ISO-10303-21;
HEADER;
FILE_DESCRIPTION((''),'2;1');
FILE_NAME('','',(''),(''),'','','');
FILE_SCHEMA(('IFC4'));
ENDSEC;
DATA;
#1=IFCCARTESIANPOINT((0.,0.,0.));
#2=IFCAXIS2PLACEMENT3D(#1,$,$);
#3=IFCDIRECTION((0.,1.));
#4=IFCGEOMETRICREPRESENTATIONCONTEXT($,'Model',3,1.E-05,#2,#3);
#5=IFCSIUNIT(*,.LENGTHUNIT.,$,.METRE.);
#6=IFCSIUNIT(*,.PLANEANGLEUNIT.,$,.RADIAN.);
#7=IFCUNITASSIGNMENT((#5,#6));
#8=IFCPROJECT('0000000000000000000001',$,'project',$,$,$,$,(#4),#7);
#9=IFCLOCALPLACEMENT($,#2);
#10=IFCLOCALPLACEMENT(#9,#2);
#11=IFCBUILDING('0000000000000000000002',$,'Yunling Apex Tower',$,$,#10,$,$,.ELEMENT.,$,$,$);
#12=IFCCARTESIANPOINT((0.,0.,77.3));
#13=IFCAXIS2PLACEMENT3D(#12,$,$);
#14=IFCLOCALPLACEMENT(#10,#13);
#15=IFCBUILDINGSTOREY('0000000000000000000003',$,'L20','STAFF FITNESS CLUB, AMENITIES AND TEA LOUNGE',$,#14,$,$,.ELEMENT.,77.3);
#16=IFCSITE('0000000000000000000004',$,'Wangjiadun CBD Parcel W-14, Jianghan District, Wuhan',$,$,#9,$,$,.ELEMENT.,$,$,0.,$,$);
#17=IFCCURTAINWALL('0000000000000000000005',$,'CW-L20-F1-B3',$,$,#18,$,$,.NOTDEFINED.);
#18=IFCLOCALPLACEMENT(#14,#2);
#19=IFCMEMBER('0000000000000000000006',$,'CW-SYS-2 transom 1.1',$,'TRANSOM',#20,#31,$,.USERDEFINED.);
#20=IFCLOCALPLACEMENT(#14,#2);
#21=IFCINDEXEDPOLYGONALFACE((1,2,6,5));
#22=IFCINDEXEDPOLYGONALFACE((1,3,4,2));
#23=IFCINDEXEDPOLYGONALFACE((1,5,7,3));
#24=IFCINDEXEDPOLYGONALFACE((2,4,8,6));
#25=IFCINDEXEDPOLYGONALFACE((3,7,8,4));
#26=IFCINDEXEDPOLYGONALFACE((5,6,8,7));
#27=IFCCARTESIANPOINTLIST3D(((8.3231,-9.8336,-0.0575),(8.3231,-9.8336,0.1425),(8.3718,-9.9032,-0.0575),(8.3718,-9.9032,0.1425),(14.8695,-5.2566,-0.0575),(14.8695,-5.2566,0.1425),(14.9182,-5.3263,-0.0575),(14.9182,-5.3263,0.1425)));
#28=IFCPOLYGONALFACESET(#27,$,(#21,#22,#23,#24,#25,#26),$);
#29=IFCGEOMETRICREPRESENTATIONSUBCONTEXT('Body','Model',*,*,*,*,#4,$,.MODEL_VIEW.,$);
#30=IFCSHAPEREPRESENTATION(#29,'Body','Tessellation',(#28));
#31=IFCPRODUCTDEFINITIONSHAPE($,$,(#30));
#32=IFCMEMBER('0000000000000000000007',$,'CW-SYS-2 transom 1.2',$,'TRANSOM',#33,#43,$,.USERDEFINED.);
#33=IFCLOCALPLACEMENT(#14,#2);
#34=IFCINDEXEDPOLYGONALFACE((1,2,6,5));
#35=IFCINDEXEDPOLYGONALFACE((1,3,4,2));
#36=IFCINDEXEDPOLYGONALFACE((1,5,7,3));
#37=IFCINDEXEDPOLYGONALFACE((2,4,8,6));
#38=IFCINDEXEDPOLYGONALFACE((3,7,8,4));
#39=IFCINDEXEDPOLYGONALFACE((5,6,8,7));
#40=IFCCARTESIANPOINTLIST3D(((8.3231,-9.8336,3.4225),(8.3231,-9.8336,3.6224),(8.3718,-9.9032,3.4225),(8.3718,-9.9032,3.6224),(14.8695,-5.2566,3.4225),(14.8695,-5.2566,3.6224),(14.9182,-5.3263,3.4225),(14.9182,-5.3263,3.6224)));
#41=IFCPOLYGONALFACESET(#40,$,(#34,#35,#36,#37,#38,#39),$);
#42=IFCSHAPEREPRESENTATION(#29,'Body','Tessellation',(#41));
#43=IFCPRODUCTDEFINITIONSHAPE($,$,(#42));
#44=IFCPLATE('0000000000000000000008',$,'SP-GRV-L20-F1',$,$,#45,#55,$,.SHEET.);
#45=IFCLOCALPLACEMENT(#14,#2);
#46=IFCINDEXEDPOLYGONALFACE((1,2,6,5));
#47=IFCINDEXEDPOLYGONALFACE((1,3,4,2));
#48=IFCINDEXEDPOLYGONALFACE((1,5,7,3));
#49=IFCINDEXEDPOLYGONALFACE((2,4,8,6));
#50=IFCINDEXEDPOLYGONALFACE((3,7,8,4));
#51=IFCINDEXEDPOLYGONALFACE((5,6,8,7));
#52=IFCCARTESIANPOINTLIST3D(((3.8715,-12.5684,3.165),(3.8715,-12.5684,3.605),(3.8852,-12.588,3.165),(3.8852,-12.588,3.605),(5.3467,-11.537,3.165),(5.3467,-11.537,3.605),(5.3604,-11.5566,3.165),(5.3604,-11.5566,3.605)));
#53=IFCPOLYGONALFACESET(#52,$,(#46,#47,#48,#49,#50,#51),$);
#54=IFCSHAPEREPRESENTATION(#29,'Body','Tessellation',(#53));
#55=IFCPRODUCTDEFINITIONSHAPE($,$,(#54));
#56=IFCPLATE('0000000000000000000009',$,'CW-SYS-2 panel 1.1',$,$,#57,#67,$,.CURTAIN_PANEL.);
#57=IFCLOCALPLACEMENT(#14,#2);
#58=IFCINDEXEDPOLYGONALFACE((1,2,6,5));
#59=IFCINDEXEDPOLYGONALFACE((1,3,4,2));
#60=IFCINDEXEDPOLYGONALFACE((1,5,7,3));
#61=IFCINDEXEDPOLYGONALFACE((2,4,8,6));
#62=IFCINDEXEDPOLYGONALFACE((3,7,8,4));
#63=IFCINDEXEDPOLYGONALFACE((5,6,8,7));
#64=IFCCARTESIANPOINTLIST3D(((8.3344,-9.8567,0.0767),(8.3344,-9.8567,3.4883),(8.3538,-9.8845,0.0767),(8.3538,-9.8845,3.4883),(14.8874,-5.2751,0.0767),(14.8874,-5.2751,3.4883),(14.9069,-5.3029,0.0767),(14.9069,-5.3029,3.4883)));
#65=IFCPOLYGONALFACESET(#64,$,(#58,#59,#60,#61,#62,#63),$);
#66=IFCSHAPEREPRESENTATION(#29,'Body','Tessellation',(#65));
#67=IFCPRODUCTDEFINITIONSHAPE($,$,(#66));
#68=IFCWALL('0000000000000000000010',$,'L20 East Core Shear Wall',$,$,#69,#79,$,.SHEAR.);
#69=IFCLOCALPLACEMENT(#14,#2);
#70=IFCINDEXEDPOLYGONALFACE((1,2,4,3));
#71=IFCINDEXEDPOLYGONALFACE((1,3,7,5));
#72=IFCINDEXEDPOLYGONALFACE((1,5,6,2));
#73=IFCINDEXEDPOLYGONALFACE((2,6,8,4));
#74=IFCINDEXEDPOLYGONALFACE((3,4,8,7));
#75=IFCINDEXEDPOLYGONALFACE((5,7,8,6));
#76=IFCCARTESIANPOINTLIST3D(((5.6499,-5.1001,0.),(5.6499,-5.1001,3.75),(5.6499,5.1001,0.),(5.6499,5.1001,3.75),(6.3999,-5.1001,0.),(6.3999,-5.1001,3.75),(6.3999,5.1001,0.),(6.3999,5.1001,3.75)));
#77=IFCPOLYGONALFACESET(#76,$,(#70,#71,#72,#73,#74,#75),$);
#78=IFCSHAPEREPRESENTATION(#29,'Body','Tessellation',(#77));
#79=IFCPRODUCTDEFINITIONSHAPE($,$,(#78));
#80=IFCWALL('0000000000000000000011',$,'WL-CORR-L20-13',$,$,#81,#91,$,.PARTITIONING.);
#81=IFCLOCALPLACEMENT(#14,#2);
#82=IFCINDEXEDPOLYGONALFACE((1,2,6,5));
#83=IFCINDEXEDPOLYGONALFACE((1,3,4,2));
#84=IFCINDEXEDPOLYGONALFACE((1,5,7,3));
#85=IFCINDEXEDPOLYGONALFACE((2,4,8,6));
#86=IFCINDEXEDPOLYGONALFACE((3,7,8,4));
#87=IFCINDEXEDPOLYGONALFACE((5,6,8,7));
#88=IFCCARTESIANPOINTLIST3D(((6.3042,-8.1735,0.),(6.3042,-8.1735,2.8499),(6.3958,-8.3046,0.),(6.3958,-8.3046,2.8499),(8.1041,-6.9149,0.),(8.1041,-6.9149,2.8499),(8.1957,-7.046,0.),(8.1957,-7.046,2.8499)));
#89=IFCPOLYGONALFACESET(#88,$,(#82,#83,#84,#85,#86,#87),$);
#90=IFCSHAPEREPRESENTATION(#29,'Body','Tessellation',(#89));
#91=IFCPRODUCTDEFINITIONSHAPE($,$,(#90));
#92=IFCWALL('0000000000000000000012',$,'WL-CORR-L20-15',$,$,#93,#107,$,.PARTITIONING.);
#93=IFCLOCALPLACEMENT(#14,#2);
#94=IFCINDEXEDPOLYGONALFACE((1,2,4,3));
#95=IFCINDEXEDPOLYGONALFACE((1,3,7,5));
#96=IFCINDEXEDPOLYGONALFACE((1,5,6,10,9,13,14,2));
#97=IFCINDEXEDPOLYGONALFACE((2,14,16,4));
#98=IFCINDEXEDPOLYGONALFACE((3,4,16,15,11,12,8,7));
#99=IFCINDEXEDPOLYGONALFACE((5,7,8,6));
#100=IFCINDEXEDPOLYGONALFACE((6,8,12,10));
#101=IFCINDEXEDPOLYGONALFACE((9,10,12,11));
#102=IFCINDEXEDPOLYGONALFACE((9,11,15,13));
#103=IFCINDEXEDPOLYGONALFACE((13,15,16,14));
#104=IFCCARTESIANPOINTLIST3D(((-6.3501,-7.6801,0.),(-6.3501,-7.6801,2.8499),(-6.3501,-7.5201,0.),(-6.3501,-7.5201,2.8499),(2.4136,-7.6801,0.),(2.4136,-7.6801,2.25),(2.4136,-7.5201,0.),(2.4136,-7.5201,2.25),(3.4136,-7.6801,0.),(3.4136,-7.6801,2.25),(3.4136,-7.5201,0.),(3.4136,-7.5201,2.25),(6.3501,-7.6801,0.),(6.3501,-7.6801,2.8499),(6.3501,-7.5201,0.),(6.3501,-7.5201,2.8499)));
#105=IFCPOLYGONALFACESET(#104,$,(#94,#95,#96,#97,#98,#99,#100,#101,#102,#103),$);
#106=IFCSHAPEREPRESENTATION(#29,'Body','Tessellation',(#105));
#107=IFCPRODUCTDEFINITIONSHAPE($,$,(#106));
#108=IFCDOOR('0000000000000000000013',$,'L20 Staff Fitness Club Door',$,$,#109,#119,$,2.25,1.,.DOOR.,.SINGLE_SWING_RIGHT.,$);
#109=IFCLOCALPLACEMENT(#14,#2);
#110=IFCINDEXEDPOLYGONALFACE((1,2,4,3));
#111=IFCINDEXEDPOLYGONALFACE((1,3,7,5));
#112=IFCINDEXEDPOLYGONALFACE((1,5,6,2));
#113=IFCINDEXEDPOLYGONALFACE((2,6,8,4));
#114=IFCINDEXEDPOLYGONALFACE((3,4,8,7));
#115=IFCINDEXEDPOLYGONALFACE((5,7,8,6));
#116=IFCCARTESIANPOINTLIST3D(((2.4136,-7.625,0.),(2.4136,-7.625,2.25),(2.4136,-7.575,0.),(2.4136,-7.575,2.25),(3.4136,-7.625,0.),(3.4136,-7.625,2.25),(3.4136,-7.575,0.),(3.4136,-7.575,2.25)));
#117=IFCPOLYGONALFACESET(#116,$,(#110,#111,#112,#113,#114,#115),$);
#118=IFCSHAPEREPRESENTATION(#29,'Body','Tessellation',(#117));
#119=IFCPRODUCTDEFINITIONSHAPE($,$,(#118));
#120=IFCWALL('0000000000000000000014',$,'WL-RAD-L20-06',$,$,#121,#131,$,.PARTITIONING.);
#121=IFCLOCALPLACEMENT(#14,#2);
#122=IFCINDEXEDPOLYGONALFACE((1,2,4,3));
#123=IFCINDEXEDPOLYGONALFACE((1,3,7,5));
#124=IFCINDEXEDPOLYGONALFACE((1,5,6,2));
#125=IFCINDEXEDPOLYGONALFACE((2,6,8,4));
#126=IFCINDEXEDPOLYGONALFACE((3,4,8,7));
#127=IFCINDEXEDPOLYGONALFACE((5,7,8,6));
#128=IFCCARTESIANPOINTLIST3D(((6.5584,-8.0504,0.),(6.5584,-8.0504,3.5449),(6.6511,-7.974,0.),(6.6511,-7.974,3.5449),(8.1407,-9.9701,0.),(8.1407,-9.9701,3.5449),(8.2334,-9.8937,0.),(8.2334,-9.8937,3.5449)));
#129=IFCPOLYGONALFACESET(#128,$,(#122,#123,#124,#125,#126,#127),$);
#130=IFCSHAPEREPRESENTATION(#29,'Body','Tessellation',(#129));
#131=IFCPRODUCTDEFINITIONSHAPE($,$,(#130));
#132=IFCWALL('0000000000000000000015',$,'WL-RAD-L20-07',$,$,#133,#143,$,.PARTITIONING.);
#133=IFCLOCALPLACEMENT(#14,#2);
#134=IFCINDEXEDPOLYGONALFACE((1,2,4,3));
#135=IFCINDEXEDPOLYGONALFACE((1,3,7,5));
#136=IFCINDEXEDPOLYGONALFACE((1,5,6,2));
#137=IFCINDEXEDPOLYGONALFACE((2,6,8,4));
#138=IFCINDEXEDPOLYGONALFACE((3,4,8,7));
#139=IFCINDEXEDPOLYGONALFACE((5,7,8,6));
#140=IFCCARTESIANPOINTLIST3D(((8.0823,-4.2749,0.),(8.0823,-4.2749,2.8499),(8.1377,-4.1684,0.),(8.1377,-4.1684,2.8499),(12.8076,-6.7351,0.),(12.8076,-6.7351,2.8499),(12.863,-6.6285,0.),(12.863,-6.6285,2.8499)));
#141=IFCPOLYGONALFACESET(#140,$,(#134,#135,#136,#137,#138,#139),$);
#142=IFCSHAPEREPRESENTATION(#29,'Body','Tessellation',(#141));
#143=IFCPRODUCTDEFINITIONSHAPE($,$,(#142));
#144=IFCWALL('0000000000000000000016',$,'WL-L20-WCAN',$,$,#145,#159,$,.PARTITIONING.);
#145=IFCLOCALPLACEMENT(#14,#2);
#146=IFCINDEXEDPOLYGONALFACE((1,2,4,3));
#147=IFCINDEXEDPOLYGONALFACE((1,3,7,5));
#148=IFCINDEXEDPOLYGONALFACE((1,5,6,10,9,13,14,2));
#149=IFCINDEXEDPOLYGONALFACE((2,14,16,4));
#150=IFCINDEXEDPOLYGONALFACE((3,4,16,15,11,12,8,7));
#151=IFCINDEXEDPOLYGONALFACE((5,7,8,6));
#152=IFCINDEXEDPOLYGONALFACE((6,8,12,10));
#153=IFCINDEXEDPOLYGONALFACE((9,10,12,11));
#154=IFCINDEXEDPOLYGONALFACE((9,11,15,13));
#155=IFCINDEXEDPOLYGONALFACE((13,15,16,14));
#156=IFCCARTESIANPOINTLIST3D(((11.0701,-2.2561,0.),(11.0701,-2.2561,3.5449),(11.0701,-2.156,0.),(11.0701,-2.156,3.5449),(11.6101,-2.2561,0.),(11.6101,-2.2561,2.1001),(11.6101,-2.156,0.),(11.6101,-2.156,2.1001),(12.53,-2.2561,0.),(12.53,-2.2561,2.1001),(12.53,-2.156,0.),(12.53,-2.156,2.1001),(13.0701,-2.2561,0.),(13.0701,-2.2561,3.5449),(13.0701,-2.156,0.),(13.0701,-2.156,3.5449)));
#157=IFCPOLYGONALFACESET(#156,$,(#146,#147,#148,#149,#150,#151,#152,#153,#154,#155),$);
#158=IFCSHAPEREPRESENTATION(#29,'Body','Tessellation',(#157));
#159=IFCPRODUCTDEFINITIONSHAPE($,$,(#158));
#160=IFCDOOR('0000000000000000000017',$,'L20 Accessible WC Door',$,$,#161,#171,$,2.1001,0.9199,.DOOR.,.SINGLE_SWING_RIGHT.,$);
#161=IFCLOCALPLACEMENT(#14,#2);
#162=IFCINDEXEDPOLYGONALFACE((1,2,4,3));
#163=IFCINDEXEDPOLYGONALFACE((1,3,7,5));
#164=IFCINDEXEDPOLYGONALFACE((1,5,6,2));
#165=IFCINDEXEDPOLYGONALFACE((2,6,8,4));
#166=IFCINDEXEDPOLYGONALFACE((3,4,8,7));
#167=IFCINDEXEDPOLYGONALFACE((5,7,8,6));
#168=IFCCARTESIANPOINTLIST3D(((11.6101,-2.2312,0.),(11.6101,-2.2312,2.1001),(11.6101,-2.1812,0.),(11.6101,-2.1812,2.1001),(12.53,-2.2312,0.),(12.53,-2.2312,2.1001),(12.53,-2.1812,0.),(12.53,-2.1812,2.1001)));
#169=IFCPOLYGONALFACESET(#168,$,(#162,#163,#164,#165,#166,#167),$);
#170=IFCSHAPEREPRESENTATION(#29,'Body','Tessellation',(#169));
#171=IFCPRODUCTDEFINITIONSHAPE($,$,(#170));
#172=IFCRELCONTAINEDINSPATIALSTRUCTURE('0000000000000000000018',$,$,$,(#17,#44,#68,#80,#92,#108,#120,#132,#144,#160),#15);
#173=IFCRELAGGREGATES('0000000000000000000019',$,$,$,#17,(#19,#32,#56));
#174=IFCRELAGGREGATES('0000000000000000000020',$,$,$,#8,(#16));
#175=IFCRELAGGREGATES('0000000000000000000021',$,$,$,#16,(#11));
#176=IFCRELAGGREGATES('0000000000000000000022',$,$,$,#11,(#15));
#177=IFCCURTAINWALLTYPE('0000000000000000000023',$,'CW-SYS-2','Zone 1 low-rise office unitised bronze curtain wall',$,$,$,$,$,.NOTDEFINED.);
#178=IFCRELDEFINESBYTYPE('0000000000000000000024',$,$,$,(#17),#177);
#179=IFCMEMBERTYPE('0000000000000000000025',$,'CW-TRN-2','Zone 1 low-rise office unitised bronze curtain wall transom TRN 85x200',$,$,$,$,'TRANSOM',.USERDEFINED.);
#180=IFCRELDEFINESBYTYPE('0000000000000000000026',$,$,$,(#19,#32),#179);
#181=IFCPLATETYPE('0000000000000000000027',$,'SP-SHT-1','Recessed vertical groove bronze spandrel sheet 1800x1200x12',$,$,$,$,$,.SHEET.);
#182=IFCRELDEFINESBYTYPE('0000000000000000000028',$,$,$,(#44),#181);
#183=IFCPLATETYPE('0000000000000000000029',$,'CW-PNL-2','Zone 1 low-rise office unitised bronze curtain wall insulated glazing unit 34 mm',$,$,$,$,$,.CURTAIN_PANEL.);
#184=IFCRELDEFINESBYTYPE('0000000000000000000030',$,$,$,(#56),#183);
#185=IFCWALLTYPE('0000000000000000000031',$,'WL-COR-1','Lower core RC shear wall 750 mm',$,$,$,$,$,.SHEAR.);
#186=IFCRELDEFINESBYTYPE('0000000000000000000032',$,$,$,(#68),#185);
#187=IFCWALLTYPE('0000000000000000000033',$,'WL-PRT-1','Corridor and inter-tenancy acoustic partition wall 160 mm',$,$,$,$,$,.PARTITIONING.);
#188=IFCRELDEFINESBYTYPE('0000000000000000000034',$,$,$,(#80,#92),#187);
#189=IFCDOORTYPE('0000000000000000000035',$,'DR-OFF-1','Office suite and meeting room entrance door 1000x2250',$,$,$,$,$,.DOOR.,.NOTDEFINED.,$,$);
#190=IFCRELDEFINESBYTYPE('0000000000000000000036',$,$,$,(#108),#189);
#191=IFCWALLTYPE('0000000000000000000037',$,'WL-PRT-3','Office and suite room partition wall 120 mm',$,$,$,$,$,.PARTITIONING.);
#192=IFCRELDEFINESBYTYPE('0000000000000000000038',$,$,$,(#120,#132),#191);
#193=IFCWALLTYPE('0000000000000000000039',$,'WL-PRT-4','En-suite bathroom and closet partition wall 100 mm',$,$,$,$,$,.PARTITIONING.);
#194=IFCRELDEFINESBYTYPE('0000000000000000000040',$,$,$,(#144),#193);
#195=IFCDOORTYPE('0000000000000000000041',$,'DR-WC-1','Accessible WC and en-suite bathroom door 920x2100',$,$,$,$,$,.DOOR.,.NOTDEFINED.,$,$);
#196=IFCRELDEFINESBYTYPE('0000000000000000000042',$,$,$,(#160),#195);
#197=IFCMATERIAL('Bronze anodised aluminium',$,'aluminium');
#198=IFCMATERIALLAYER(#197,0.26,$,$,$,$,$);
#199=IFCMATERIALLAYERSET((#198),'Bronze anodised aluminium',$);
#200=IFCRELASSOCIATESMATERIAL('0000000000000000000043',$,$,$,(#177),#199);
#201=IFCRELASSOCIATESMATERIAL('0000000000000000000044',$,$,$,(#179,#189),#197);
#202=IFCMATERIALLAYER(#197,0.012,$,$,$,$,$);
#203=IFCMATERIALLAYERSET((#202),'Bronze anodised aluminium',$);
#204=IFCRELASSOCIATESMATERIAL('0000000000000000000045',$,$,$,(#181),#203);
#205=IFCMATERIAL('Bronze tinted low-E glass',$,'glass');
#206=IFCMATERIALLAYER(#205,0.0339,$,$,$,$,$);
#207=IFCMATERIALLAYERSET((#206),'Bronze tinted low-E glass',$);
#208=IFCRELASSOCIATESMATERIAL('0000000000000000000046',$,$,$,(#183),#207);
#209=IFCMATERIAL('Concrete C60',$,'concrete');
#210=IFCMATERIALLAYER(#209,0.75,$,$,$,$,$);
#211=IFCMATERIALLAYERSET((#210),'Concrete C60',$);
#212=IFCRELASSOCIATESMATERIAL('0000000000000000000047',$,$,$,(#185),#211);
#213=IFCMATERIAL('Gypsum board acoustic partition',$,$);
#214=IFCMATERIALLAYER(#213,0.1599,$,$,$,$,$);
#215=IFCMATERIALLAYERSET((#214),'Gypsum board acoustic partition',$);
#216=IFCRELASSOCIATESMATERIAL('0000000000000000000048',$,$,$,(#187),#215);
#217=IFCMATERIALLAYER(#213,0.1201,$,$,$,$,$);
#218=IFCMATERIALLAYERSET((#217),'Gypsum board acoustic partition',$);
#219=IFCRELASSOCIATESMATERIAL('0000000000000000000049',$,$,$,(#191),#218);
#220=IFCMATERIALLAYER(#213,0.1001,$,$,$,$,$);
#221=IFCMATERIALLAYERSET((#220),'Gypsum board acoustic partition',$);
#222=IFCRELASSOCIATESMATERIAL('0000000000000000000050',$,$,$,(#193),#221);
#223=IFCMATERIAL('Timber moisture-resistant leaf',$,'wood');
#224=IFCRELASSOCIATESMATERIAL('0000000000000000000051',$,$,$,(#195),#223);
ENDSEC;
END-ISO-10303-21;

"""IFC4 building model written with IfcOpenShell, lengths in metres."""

from ifc_helpers import new_model, si_unit, direction, frame, frame_2d, origin, origin_2d, place, context, subcontext, project, spatial, rectangle, extrude, source, transform, mapped, material, layer, layer_set, material_profile, profile_set, type_object, element, fill, aggregate, save


model = new_model("IFC4")

# Units and contexts
model_context = context("Model", 3, precision=1e-05, world=origin(), true_north=direction((0.0, 1.0)))
body_context = subcontext(model_context, "Body", "Model", "MODEL_VIEW")
ifc_project = project(units=[si_unit("LENGTHUNIT", "METRE"), si_unit("PLANEANGLEUNIT", "RADIAN")], contexts=[model_context])

# Site, building, storey
site_placement = place(None, origin())
site = spatial("IfcSite", under=ifc_project, at=site_placement, Name="Wangjiadun CBD Parcel W-14, Jianghan District, Wuhan", CompositionType="ELEMENT", RefElevation=0.0)
building_placement = place(site_placement, origin())
building = spatial("IfcBuilding", under=site, at=building_placement, Name="Yunling Apex Tower", CompositionType="ELEMENT")
storey_placement = place(building_placement, frame((0.0, 0.0, 77.3)))
storey = spatial("IfcBuildingStorey", under=building, at=storey_placement, Name="L20", Description="STAFF FITNESS CLUB, AMENITIES AND TEA LOUNGE", CompositionType="ELEMENT", Elevation=77.3)

# Shared definitions
ifc_material_1 = material(Name="Concrete C60", Category="concrete")

# Shared definitions
ifc_material_2 = material(Name="Bronze anodised aluminium", Category="aluminium")
ifc_layer_1 = layer(ifc_material_2, 0.26)
ifc_layer_set_1 = layer_set([ifc_layer_1], Name="Bronze anodised aluminium")
curtain_wall_type = type_object("IfcCurtainWallType", Name="CW-SYS-2", Description="Zone 1 low-rise office unitised bronze curtain wall", PredefinedType="NOTDEFINED", material=ifc_layer_set_1)

# Curtain wall, members
curtain_wall_1_placement = place(storey_placement, origin())
curtain_wall_1 = element("IfcCurtainWall", 1, at=curtain_wall_1_placement, inside=storey, type_object=curtain_wall_type, Name="CW-L20-F1-B3", PredefinedType="NOTDEFINED")
ifc_material_profile_1 = material_profile(ifc_material_2, rectangle(XDim=0.085, YDim=0.2, at=origin_2d()))
ifc_profile_set_1 = profile_set([ifc_material_profile_1], Name="Bronze anodised aluminium")
member_type_1 = type_object("IfcMemberType", Name="CW-TRN-2", Description="Zone 1 low-rise office unitised bronze curtain wall transom TRN 85x200", ElementType="TRANSOM", PredefinedType="USERDEFINED", material=ifc_profile_set_1)
shared_shape_1 = source(origin(), body_context, "Body", "SweptSolid", [
    extrude(rectangle(XDim=0.085, YDim=0.2, at=origin_2d()), origin(), (0.0, 0.0, 1.0), 7.9878),
])
member_1_placement = place(storey_placement, frame((8.3474, -9.8684, 0.0425), z_axis=(0.819559, 0.572995, 0.0), x_axis=(-0.572995, 0.819559, 0.0)))
member_1 = element("IfcMember", 2, at=member_1_placement, type_object=member_type_1, Name="CW-SYS-2 transom 1.1", ObjectType="TRANSOM", PredefinedType="USERDEFINED", context=body_context, shape_type="MappedRepresentation", body=[
    mapped(shared_shape_1, transform((0.0, 0.0, 0.0), scale=1.0)),
])
member_2_placement = place(storey_placement, frame((8.3474, -9.8684, 3.5225), z_axis=(0.819559, 0.572995, 0.0), x_axis=(-0.572995, 0.819559, 0.0)))
member_2 = element("IfcMember", 3, at=member_2_placement, type_object=member_type_1, Name="CW-SYS-2 transom 1.2", ObjectType="TRANSOM", PredefinedType="USERDEFINED", context=body_context, shape_type="MappedRepresentation", body=[
    mapped(shared_shape_1, transform((0.0, 0.0, 0.0), scale=1.0)),
])

# Plates
ifc_layer_2 = layer(ifc_material_2, 0.012)
ifc_layer_set_2 = layer_set([ifc_layer_2], Name="Bronze anodised aluminium")
plate_type_1 = type_object("IfcPlateType", Name="SP-SHT-1", Description="Recessed vertical groove bronze spandrel sheet 1800x1200x12", PredefinedType="SHEET", material=ifc_layer_set_2)
shared_shape_2 = source(origin(), body_context, "Body", "SweptSolid", [
    extrude(rectangle(XDim=1.8, YDim=0.0239, at=origin_2d()), origin(), (0.0, 0.0, 1.0), 0.4399),
])
plate_1_placement = place(storey_placement, frame((4.616, -12.0625, 3.165), z_axis=(0.0, 0.0, 1.0), x_axis=(0.819552, 0.573004, 0.0)))
element("IfcPlate", 4, at=plate_1_placement, inside=storey, type_object=plate_type_1, Name="SP-GRV-L20-F1", PredefinedType="SHEET", context=body_context, shape_type="MappedRepresentation", body=[
    mapped(shared_shape_2, transform((0.0, 0.0, 0.0), scale=1.0)),
])
ifc_material_3 = material(Name="Bronze tinted low-E glass", Category="glass")
ifc_layer_3 = layer(ifc_material_3, 0.0339)
ifc_layer_set_3 = layer_set([ifc_layer_3], Name="Bronze tinted low-E glass")
plate_type_2 = type_object("IfcPlateType", Name="CW-PNL-2", Description="Zone 1 low-rise office unitised bronze curtain wall insulated glazing unit 34 mm", PredefinedType="CURTAIN_PANEL", material=ifc_layer_set_3)
shared_shape_3 = source(origin(), body_context, "Body", "SweptSolid", [
    extrude(rectangle(XDim=7.9958, YDim=0.0339, at=origin_2d()), origin(), (0.0, 0.0, 1.0), 3.4116),
])
plate_2_placement = place(storey_placement, frame((11.6206, -7.5798, 0.0767), z_axis=(0.0, 0.0, 1.0), x_axis=(0.819558, 0.572996, 0.0)))
plate_2 = element("IfcPlate", 5, at=plate_2_placement, type_object=plate_type_2, Name="CW-SYS-2 panel 1.1", PredefinedType="CURTAIN_PANEL", context=body_context, shape_type="MappedRepresentation", body=[
    mapped(shared_shape_3, transform((0.0, 0.0, 0.0), scale=1.0)),
])
aggregate(curtain_wall_1, [member_1, member_2, plate_2])

# Walls
ifc_layer_4 = layer(ifc_material_1, 0.75)
ifc_layer_set_4 = layer_set([ifc_layer_4], Name="Concrete C60")
wall_type_1 = type_object("IfcWallType", Name="WL-COR-1", Description="Lower core RC shear wall 750 mm", PredefinedType="SHEAR", material=ifc_layer_set_4)
wall_1_placement = place(storey_placement, frame((6.0249, -5.1001, 0.0), z_axis=(0.0, 0.0, 1.0), x_axis=(0.0, 1.0, 0.0)))
element("IfcWall", 6, at=wall_1_placement, inside=storey, type_object=wall_type_1, Name="L20 East Core Shear Wall", PredefinedType="SHEAR", context=body_context, shape_type="SweptSolid", body=[
    extrude(rectangle(XDim=10.2002, YDim=0.75, at=frame_2d((5.1001, 0.0))), origin(), (0.0, 0.0, 1.0), 3.75),
])
ifc_material_4 = material(Name="Gypsum board acoustic partition")
ifc_layer_5 = layer(ifc_material_4, 0.1599)
ifc_layer_set_5 = layer_set([ifc_layer_5], Name="Gypsum board acoustic partition")
wall_type_2 = type_object("IfcWallType", Name="WL-PRT-1", Description="Corridor and inter-tenancy acoustic partition wall 160 mm", PredefinedType="PARTITIONING", material=ifc_layer_set_5)
wall_2_placement = place(storey_placement, frame((8.1499, -6.9805, 0.0), z_axis=(0.0, 0.0, 1.0), x_axis=(-0.819514, -0.573059, 0.0)))
element("IfcWall", 7, at=wall_2_placement, inside=storey, type_object=wall_type_2, Name="WL-CORR-L20-13", PredefinedType="PARTITIONING", context=body_context, shape_type="SweptSolid", body=[
    extrude(rectangle(XDim=2.1963, YDim=0.1599, at=frame_2d((1.0981, 0.0))), origin(), (0.0, 0.0, 1.0), 2.8499),
])

# Wall, opening, door
wall_3_placement = place(storey_placement, frame((6.3501, -7.6001, 0.0), z_axis=(0.0, 0.0, 1.0), x_axis=(-1.0, 0.0, 0.0)))
wall_3 = element("IfcWall", 8, at=wall_3_placement, inside=storey, type_object=wall_type_2, Name="WL-CORR-L20-15", PredefinedType="PARTITIONING", context=body_context, shape_type="SweptSolid", body=[
    extrude(rectangle(XDim=12.7002, YDim=0.1599, at=frame_2d((6.3501, 0.0))), origin(), (0.0, 0.0, 1.0), 2.8499),
])
opening_1_placement = place(wall_3_placement, frame((2.9365, 0.0, 0.0)))
opening_1 = element("IfcOpeningElement", 9, at=opening_1_placement, cuts=wall_3, PredefinedType="OPENING", context=body_context, shape_type="SweptSolid", body=[
    extrude(rectangle(XDim=1.0, YDim=2.25, at=frame_2d((0.5, 1.125))), frame((0.0, 0.0898, 0.0), z_axis=(0.0, -1.0, 0.0), x_axis=(1.0, 0.0, 0.0)), (0.0, 0.0, 1.0), 0.1799),
])
door_type_1 = type_object("IfcDoorType", Name="DR-OFF-1", Description="Office suite and meeting room entrance door 1000x2250", OperationType="NOTDEFINED", PredefinedType="DOOR", material=ifc_material_2)
door_1_placement = place(opening_1_placement, origin())
door_1 = element("IfcDoor", 10, at=door_1_placement, inside=storey, type_object=door_type_1, Name="L20 Staff Fitness Club Door", OperationType="SINGLE_SWING_RIGHT", OverallHeight=2.25, OverallWidth=1.0, PredefinedType="DOOR", context=body_context, shape_type="SweptSolid", body=[
    extrude(rectangle(XDim=1.0, YDim=2.25, at=frame_2d((0.5, 1.125))), frame((0.0, 0.0249, 0.0), z_axis=(0.0, -1.0, 0.0), x_axis=(1.0, 0.0, 0.0)), (0.0, 0.0, 1.0), 0.05),
])
fill(opening_1, door_1)

# Walls
ifc_layer_6 = layer(ifc_material_4, 0.1201)
ifc_layer_set_6 = layer_set([ifc_layer_6], Name="Gypsum board acoustic partition")
wall_type_3 = type_object("IfcWallType", Name="WL-PRT-3", Description="Office and suite room partition wall 120 mm", PredefinedType="PARTITIONING", material=ifc_layer_set_6)
wall_4_placement = place(storey_placement, frame((6.6047, -8.0122, 0.0), z_axis=(0.0, 0.0, 1.0), x_axis=(0.636034, -0.771661, 0.0)))
element("IfcWall", 11, at=wall_4_placement, inside=storey, type_object=wall_type_3, Name="WL-RAD-L20-06", PredefinedType="PARTITIONING", context=body_context, shape_type="SweptSolid", body=[
    extrude(rectangle(XDim=2.4878, YDim=0.1201, at=frame_2d((1.2439, 0.0))), origin(), (0.0, 0.0, 1.0), 3.5449),
])
wall_5_placement = place(storey_placement, frame((8.1101, -4.2217, 0.0), z_axis=(0.0, 0.0, 1.0), x_axis=(0.886984, -0.4618, 0.0)))
element("IfcWall", 12, at=wall_5_placement, inside=storey, type_object=wall_type_3, Name="WL-RAD-L20-07", PredefinedType="PARTITIONING", context=body_context, shape_type="SweptSolid", body=[
    extrude(rectangle(XDim=5.3274, YDim=0.1201, at=frame_2d((2.6636, 0.0))), origin(), (0.0, 0.0, 1.0), 2.8499),
])

# Wall, opening, door
ifc_layer_7 = layer(ifc_material_4, 0.1001)
ifc_layer_set_7 = layer_set([ifc_layer_7], Name="Gypsum board acoustic partition")
wall_type_4 = type_object("IfcWallType", Name="WL-PRT-4", Description="En-suite bathroom and closet partition wall 100 mm", PredefinedType="PARTITIONING", material=ifc_layer_set_7)
wall_6_placement = place(storey_placement, frame((11.0701, -2.2061, 0.0), z_axis=(0.0, 0.0, 1.0), x_axis=(1.0, 0.0, 0.0)))
wall_6 = element("IfcWall", 13, at=wall_6_placement, inside=storey, type_object=wall_type_4, Name="WL-L20-WCAN", PredefinedType="PARTITIONING", context=body_context, shape_type="SweptSolid", body=[
    extrude(rectangle(XDim=2.0, YDim=0.1001, at=frame_2d((1.0, 0.0))), origin(), (0.0, 0.0, 1.0), 3.5449),
])
opening_2_placement = place(wall_6_placement, frame((0.54, 0.0, 0.0)))
opening_2 = element("IfcOpeningElement", 14, at=opening_2_placement, cuts=wall_6, PredefinedType="OPENING", context=body_context, shape_type="SweptSolid", body=[
    extrude(rectangle(XDim=0.9199, YDim=2.1001, at=frame_2d((0.46, 1.05))), frame((0.0, 0.0601, 0.0), z_axis=(0.0, -1.0, 0.0), x_axis=(1.0, 0.0, 0.0)), (0.0, 0.0, 1.0), 0.1201),
])
ifc_material_5 = material(Name="Timber moisture-resistant leaf", Category="wood")
door_type_2 = type_object("IfcDoorType", Name="DR-WC-1", Description="Accessible WC and en-suite bathroom door 920x2100", OperationType="NOTDEFINED", PredefinedType="DOOR", material=ifc_material_5)
door_2_placement = place(opening_2_placement, origin())
door_2 = element("IfcDoor", 15, at=door_2_placement, inside=storey, type_object=door_type_2, Name="L20 Accessible WC Door", OperationType="SINGLE_SWING_RIGHT", OverallHeight=2.1001, OverallWidth=0.9199, PredefinedType="DOOR", context=body_context, shape_type="SweptSolid", body=[
    extrude(rectangle(XDim=0.9199, YDim=2.1001, at=frame_2d((0.46, 1.05))), frame((0.0, 0.0249, 0.0), z_axis=(0.0, -1.0, 0.0), x_axis=(1.0, 0.0, 0.0)), (0.0, 0.0, 1.0), 0.05),
])
fill(opening_2, door_2)

save(model, "model.ifc")
